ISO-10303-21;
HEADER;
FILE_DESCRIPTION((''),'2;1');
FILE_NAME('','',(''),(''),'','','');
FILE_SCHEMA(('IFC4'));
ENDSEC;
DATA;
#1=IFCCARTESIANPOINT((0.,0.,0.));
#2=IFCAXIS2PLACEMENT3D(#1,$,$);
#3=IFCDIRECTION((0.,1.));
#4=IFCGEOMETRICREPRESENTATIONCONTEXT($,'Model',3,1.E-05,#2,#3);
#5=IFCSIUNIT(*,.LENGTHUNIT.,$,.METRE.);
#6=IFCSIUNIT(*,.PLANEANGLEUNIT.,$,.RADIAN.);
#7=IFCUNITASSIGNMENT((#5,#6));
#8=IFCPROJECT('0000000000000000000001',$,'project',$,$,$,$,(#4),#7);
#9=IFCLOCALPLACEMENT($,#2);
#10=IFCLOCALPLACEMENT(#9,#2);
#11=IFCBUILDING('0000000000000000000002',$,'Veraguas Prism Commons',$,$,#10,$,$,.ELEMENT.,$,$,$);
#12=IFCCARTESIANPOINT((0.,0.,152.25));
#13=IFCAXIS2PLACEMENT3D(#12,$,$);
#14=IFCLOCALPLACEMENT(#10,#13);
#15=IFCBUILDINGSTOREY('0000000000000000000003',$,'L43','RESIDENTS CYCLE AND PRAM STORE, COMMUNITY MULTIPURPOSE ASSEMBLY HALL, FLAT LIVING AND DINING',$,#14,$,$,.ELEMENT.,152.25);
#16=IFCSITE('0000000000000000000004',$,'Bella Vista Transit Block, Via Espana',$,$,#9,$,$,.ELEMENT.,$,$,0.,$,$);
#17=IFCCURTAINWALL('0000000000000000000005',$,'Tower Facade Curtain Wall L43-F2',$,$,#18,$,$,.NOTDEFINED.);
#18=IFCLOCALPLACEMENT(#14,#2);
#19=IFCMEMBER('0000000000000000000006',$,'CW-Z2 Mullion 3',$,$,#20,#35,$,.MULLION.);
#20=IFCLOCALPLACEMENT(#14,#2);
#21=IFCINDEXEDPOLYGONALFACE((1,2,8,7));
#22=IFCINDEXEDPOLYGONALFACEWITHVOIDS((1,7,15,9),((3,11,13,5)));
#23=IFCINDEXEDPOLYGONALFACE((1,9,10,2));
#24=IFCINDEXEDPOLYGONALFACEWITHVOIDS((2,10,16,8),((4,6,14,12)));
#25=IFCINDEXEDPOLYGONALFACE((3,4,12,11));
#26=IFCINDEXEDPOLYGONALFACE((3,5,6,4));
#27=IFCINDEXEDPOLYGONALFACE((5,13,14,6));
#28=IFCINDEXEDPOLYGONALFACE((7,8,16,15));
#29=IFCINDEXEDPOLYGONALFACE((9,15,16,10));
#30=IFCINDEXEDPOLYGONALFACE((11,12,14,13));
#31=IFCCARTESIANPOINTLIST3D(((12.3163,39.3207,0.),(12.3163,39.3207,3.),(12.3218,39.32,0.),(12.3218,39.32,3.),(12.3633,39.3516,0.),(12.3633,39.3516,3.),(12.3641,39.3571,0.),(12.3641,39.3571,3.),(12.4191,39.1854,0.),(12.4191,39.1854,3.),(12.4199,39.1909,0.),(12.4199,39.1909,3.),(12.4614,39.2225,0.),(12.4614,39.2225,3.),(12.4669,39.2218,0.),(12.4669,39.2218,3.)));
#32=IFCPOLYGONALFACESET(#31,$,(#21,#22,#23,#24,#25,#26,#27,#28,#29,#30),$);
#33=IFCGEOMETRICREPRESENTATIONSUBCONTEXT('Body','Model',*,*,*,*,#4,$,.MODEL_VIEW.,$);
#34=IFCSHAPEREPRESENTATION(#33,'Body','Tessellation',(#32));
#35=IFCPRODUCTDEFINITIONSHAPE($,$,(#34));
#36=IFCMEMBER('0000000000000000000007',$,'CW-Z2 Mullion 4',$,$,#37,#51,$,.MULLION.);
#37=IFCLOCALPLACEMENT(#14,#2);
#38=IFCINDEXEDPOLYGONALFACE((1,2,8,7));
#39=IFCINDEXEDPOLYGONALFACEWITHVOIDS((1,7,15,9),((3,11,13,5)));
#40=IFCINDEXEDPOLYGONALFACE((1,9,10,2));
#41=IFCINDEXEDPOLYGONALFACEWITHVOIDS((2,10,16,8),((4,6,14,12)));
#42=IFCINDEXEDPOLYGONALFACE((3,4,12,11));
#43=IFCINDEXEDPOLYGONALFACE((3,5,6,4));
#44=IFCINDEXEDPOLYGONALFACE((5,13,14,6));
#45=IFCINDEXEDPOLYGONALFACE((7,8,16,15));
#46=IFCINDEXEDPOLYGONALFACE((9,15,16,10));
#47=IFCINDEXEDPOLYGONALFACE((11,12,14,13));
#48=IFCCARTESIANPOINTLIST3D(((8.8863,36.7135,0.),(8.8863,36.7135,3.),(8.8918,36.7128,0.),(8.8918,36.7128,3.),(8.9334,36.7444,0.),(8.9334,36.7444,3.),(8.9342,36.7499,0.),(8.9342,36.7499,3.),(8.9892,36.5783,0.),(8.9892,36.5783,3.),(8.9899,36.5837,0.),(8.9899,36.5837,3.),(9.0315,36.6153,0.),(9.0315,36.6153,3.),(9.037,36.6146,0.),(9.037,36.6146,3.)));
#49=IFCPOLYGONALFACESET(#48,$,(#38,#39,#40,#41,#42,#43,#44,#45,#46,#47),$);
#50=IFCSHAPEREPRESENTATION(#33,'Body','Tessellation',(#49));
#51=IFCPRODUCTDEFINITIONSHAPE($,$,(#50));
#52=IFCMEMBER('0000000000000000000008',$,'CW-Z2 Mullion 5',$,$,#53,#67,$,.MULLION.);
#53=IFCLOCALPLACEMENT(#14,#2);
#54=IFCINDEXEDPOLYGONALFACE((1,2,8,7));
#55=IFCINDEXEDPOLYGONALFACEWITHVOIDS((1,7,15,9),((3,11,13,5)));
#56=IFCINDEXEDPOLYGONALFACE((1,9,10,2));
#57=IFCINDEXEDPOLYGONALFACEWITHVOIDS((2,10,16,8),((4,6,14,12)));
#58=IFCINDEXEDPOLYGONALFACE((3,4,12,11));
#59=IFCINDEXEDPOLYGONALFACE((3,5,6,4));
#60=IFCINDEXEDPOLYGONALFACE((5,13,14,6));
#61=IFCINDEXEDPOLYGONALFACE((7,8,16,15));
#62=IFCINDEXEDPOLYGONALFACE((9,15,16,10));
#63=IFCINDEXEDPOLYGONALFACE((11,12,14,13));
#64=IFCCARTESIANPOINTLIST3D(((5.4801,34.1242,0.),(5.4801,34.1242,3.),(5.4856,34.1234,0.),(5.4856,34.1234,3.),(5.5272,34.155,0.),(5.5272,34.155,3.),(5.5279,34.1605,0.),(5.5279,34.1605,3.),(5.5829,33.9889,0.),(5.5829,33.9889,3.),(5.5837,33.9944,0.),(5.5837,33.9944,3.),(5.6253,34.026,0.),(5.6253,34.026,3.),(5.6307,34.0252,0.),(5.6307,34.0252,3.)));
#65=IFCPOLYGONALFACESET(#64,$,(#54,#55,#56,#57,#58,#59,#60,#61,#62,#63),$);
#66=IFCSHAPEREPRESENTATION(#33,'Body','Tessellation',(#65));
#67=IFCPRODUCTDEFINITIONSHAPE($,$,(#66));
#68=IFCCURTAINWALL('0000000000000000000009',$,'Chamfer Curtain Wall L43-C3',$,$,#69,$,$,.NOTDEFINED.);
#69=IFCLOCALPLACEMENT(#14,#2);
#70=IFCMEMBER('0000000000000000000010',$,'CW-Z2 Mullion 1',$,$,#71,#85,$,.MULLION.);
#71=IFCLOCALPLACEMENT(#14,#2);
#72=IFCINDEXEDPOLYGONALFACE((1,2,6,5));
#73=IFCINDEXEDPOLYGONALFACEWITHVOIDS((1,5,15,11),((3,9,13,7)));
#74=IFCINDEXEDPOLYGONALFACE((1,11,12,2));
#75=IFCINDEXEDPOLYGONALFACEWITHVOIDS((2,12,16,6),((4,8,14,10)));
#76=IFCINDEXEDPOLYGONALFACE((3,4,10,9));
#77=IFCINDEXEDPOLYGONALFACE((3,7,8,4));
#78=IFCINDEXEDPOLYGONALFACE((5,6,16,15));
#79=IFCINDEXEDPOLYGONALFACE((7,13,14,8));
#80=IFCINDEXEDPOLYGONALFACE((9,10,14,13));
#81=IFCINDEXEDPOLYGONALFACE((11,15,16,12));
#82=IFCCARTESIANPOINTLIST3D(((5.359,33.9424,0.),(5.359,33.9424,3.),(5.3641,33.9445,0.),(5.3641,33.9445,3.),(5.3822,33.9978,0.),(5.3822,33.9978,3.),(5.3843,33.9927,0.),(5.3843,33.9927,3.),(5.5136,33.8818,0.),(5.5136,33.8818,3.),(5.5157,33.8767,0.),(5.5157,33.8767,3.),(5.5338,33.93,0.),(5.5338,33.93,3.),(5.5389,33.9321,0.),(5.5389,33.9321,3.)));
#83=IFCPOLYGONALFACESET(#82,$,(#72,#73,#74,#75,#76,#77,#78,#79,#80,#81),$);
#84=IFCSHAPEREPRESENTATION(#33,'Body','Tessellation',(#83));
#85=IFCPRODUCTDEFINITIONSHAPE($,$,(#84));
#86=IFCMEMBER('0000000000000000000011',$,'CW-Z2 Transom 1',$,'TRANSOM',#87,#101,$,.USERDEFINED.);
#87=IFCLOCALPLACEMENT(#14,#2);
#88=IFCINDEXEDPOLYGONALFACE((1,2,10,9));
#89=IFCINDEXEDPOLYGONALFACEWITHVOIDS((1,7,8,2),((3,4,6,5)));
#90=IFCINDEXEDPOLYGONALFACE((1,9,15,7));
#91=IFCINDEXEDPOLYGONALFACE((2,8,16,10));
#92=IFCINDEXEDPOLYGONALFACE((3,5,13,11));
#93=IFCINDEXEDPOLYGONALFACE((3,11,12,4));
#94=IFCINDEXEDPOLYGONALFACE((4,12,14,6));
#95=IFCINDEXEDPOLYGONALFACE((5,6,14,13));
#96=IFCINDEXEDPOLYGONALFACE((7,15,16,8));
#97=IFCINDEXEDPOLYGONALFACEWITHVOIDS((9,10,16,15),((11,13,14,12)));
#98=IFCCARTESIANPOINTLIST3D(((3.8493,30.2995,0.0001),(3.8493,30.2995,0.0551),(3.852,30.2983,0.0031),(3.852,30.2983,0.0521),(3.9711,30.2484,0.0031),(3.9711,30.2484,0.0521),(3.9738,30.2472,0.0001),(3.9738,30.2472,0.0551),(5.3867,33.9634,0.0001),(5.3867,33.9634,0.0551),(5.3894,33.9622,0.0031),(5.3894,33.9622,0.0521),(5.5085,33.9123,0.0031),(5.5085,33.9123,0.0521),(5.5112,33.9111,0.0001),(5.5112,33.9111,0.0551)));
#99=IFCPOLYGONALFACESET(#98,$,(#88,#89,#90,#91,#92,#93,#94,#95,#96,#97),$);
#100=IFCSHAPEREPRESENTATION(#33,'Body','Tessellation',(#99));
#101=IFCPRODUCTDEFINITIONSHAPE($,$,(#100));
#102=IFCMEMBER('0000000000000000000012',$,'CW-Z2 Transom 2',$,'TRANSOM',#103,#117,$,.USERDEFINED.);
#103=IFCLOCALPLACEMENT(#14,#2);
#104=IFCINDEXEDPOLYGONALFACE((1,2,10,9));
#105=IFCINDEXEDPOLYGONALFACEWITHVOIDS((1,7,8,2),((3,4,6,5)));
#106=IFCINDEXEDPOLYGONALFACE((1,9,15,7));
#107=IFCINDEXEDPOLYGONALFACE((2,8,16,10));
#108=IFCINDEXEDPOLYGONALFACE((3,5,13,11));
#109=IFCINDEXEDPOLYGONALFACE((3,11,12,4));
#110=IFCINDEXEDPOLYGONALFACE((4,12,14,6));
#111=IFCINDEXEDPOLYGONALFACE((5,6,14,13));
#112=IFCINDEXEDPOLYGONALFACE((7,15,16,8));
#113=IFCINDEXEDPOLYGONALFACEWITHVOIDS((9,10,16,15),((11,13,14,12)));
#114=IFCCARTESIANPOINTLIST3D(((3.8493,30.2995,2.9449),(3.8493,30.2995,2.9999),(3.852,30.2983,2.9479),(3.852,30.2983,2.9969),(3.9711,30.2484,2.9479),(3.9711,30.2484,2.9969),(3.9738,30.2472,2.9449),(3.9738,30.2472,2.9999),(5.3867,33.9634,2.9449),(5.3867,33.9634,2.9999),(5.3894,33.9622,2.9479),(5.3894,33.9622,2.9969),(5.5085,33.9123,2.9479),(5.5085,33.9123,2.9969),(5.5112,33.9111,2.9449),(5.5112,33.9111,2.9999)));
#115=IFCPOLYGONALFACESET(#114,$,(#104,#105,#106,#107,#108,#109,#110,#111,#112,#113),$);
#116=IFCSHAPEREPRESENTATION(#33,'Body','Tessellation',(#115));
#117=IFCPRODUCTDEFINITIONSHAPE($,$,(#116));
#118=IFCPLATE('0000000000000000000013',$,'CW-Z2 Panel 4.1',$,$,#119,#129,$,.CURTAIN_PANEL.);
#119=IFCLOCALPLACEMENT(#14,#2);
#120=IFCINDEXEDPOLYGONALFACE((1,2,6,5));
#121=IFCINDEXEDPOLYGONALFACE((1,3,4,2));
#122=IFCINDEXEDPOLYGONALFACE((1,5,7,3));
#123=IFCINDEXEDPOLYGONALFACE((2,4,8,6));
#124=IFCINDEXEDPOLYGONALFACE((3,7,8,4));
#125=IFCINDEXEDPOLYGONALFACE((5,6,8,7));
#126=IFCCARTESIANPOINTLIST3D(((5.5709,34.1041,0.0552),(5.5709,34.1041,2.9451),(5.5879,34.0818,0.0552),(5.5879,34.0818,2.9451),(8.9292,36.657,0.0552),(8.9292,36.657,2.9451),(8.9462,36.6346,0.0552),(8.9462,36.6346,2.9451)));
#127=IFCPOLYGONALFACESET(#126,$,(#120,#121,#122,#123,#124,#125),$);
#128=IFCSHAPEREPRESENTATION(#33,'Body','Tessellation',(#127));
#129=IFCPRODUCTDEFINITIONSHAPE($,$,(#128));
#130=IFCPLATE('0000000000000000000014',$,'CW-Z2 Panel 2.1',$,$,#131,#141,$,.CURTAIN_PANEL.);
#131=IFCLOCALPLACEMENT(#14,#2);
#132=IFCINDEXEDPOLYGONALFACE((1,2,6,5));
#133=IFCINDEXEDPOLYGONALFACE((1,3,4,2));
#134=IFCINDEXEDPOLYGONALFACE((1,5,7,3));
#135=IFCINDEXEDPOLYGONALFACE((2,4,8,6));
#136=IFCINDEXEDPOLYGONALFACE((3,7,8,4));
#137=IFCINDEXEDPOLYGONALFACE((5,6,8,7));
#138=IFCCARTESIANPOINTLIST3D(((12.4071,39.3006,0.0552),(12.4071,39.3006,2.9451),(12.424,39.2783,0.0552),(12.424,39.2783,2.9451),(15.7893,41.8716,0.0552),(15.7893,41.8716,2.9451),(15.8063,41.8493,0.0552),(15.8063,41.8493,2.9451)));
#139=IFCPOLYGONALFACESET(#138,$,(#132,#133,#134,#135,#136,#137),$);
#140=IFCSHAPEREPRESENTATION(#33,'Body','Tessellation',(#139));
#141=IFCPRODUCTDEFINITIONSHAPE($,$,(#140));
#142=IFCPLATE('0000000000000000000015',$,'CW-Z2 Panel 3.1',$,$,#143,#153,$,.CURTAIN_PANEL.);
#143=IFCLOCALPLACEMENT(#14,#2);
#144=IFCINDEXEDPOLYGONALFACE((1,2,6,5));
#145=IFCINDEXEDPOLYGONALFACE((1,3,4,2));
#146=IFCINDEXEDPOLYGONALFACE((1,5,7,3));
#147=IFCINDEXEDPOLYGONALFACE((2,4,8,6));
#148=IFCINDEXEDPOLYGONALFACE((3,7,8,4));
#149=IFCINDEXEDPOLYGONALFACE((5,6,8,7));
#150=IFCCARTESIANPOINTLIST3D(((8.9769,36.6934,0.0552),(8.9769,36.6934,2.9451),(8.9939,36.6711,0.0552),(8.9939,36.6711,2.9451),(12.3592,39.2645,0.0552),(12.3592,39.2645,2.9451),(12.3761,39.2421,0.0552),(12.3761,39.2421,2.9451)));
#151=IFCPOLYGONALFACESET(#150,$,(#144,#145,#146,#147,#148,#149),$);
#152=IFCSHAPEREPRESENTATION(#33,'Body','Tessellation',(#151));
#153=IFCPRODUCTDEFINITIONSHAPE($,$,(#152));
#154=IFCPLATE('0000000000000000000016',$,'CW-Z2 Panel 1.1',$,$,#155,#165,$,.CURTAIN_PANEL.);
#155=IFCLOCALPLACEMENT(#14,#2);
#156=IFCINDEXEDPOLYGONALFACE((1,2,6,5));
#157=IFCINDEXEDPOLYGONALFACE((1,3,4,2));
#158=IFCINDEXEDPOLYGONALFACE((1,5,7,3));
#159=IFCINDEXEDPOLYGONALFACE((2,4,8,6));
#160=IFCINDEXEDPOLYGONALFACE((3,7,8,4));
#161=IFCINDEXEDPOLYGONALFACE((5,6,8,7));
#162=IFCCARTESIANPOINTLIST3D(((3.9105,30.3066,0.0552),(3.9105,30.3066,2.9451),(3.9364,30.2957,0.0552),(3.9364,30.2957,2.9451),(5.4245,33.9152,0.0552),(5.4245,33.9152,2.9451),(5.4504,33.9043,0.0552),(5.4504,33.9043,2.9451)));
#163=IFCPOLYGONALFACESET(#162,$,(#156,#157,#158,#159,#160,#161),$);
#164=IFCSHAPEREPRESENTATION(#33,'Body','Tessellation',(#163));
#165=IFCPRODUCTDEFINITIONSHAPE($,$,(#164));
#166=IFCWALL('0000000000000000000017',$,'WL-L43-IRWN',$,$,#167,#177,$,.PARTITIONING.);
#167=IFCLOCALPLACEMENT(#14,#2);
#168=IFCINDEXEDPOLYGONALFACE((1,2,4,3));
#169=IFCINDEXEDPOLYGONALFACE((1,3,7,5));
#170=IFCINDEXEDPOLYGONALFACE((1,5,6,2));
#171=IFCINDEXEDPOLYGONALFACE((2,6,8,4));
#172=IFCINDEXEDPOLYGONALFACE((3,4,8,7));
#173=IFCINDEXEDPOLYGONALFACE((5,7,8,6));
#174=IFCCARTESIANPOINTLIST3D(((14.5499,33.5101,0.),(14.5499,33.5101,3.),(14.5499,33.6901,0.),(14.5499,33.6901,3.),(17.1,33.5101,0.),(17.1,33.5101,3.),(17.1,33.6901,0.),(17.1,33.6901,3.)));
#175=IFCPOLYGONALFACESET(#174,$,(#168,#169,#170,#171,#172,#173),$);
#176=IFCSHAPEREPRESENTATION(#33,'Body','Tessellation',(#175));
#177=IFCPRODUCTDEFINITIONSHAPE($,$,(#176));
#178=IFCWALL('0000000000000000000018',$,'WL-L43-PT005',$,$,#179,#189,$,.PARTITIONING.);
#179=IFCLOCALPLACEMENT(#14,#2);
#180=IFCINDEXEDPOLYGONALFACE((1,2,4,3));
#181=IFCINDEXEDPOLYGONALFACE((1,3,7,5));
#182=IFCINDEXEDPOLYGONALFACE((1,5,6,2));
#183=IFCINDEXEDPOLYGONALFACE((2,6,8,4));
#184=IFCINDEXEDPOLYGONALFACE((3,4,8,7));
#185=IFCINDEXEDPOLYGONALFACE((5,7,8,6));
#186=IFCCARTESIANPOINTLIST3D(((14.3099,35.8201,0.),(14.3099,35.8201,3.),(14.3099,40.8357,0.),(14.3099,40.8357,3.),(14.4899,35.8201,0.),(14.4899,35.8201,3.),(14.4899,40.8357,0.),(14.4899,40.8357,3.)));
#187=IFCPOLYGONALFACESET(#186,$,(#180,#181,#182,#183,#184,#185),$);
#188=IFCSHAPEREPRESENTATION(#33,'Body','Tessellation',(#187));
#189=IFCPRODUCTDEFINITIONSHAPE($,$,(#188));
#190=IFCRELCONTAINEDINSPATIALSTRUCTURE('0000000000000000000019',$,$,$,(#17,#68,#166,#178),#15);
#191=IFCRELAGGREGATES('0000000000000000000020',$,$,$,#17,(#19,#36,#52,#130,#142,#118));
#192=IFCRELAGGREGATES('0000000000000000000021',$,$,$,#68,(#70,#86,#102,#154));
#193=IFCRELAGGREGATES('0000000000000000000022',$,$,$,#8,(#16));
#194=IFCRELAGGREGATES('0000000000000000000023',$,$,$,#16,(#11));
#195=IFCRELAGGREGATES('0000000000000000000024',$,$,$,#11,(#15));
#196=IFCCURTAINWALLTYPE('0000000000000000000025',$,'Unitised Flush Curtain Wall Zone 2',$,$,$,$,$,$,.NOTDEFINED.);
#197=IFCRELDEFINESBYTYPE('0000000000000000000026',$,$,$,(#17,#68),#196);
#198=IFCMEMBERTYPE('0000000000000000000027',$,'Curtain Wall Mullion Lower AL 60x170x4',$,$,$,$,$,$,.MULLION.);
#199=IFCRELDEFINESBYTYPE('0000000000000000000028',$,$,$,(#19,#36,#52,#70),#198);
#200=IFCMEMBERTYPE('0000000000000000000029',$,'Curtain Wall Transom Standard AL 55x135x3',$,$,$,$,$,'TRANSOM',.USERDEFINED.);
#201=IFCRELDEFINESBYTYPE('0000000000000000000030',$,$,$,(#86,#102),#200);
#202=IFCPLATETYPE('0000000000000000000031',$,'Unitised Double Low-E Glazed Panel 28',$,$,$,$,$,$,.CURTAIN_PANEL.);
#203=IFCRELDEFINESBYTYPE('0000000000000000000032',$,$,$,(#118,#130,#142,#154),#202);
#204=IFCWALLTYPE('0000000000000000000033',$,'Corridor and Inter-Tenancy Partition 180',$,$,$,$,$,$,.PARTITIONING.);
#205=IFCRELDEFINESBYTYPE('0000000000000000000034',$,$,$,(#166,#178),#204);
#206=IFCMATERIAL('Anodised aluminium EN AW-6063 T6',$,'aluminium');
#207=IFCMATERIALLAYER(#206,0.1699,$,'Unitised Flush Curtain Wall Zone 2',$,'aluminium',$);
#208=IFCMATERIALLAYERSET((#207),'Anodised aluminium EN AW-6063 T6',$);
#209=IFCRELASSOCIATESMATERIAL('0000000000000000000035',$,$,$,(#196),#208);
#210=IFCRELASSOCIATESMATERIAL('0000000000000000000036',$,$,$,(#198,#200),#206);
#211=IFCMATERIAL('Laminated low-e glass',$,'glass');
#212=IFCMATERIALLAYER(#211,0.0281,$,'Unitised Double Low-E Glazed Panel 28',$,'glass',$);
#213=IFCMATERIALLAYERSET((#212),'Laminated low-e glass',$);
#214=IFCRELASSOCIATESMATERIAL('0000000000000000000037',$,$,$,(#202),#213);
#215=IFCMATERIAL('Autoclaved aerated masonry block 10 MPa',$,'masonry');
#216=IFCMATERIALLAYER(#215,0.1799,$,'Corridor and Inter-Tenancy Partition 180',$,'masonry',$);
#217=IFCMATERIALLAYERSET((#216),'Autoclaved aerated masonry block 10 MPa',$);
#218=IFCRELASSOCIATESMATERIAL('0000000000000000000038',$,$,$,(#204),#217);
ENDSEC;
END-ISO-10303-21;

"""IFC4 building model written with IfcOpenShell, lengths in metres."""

from ifc_helpers import new_model, si_unit, direction, frame, frame_2d, origin, origin_2d, place, context, subcontext, project, spatial, rectangle, hollow_rectangle, extrude, source, transform, mapped, material, layer, layer_set, material_profile, profile_set, type_object, element, aggregate, save


model = new_model("IFC4")

# Units and contexts
model_context = context("Model", 3, precision=1e-05, world=origin(), true_north=direction((0.0, 1.0)))
body_context = subcontext(model_context, "Body", "Model", "MODEL_VIEW")
ifc_project = project(units=[si_unit("LENGTHUNIT", "METRE"), si_unit("PLANEANGLEUNIT", "RADIAN")], contexts=[model_context])

# Site, building, storey
site_placement = place(None, origin())
site = spatial("IfcSite", under=ifc_project, at=site_placement, Name="Bella Vista Transit Block, Via Espana", CompositionType="ELEMENT", RefElevation=0.0)
building_placement = place(site_placement, origin())
building = spatial("IfcBuilding", under=site, at=building_placement, Name="Veraguas Prism Commons", CompositionType="ELEMENT")
storey_placement = place(building_placement, frame((0.0, 0.0, 152.25)))
storey = spatial("IfcBuildingStorey", under=building, at=storey_placement, Name="L43", Description="RESIDENTS CYCLE AND PRAM STORE, COMMUNITY MULTIPURPOSE ASSEMBLY HALL, FLAT LIVING AND DINING", CompositionType="ELEMENT", Elevation=152.25)

# Curtain walls, members
ifc_material_1 = material(Name="Anodised aluminium EN AW-6063 T6", Category="aluminium")
ifc_layer_1 = layer(ifc_material_1, 0.1699, Name="Unitised Flush Curtain Wall Zone 2", Category="aluminium")
ifc_layer_set_1 = layer_set([ifc_layer_1], Name="Anodised aluminium EN AW-6063 T6")
curtain_wall_type = type_object("IfcCurtainWallType", Name="Unitised Flush Curtain Wall Zone 2", PredefinedType="NOTDEFINED", material=ifc_layer_set_1)
curtain_wall_1_placement = place(storey_placement, origin())
curtain_wall_1 = element("IfcCurtainWall", 1, at=curtain_wall_1_placement, inside=storey, type_object=curtain_wall_type, Name="Tower Facade Curtain Wall L43-F2", PredefinedType="NOTDEFINED")
ifc_material_profile_1 = material_profile(ifc_material_1, hollow_rectangle(XDim=0.0601, YDim=0.1699, WallThickness=0.0039, at=origin_2d()), Name="AL60X170X4")
ifc_profile_set_1 = profile_set([ifc_material_profile_1], Name="Anodised aluminium EN AW-6063 T6")
member_type_1 = type_object("IfcMemberType", Name="Curtain Wall Mullion Lower AL 60x170x4", PredefinedType="MULLION", material=ifc_profile_set_1)
shared_shape_1 = source(origin(), body_context, "Body", "SweptSolid", [
    extrude(hollow_rectangle(XDim=0.0601, YDim=0.1699, WallThickness=0.0039, at=origin_2d()), origin(), (0.0, 0.0, 1.0), 3.0),
])
member_1_placement = place(storey_placement, frame((12.3916, 39.2712, 0.0), z_axis=(0.0, 0.0, 1.0), x_axis=(-0.796104, -0.605159, 0.0)))
member_1 = element("IfcMember", 2, at=member_1_placement, type_object=member_type_1, Name="CW-Z2 Mullion 3", PredefinedType="MULLION", context=body_context, shape_type="MappedRepresentation", body=[
    mapped(shared_shape_1, transform((0.0, 0.0, 0.0), scale=1.0)),
])
member_2_placement = place(storey_placement, frame((8.9617, 36.6641, 0.0), z_axis=(0.0, 0.0, 1.0), x_axis=(-0.796104, -0.605159, 0.0)))
member_2 = element("IfcMember", 3, at=member_2_placement, type_object=member_type_1, Name="CW-Z2 Mullion 4", PredefinedType="MULLION", context=body_context, shape_type="MappedRepresentation", body=[
    mapped(shared_shape_1, transform((0.0, 0.0, 0.0), scale=1.0)),
])
member_3_placement = place(storey_placement, frame((5.5554, 34.0747, 0.0), z_axis=(0.0, 0.0, 1.0), x_axis=(-0.796104, -0.605159, 0.0)))
member_3 = element("IfcMember", 4, at=member_3_placement, type_object=member_type_1, Name="CW-Z2 Mullion 5", PredefinedType="MULLION", context=body_context, shape_type="MappedRepresentation", body=[
    mapped(shared_shape_1, transform((0.0, 0.0, 0.0), scale=1.0)),
])
curtain_wall_2_placement = place(storey_placement, origin())
curtain_wall_2 = element("IfcCurtainWall", 5, at=curtain_wall_2_placement, inside=storey, type_object=curtain_wall_type, Name="Chamfer Curtain Wall L43-C3", PredefinedType="NOTDEFINED")
member_4_placement = place(storey_placement, frame((5.449, 33.9373, 0.0), z_axis=(0.0, 0.0, 1.0), x_axis=(-0.386882, -0.922129, 0.0)))
member_4 = element("IfcMember", 6, at=member_4_placement, type_object=member_type_1, Name="CW-Z2 Mullion 1", PredefinedType="MULLION", context=body_context, shape_type="MappedRepresentation", body=[
    mapped(shared_shape_1, transform((0.0, 0.0, 0.0), scale=1.0)),
])
ifc_material_profile_2 = material_profile(ifc_material_1, hollow_rectangle(XDim=0.0549, YDim=0.135, WallThickness=0.0029, at=origin_2d()), Name="AL55X135X3")
ifc_profile_set_2 = profile_set([ifc_material_profile_2], Name="Anodised aluminium EN AW-6063 T6")
member_type_2 = type_object("IfcMemberType", Name="Curtain Wall Transom Standard AL 55x135x3", ElementType="TRANSOM", PredefinedType="USERDEFINED", material=ifc_profile_set_2)
shared_shape_2 = source(origin(), body_context, "Body", "SweptSolid", [
    extrude(hollow_rectangle(XDim=0.0549, YDim=0.135, WallThickness=0.0029, at=origin_2d()), origin(), (0.0, 0.0, 1.0), 3.9734),
])
member_5_placement = place(storey_placement, frame((5.449, 33.9373, 0.0276), z_axis=(-0.386922, -0.922112, 0.0), x_axis=(0.0, 0.0, 1.0)))
member_5 = element("IfcMember", 7, at=member_5_placement, type_object=member_type_2, Name="CW-Z2 Transom 1", ObjectType="TRANSOM", PredefinedType="USERDEFINED", context=body_context, shape_type="MappedRepresentation", body=[
    mapped(shared_shape_2, transform((0.0, 0.0, 0.0), scale=1.0)),
])
member_6_placement = place(storey_placement, frame((5.449, 33.9373, 2.9724), z_axis=(-0.386922, -0.922112, 0.0), x_axis=(0.0, 0.0, 1.0)))
member_6 = element("IfcMember", 8, at=member_6_placement, type_object=member_type_2, Name="CW-Z2 Transom 2", ObjectType="TRANSOM", PredefinedType="USERDEFINED", context=body_context, shape_type="MappedRepresentation", body=[
    mapped(shared_shape_2, transform((0.0, 0.0, 0.0), scale=1.0)),
])

# Plates
ifc_material_2 = material(Name="Laminated low-e glass", Category="glass")
ifc_layer_2 = layer(ifc_material_2, 0.0281, Name="Unitised Double Low-E Glazed Panel 28", Category="glass")
ifc_layer_set_2 = layer_set([ifc_layer_2], Name="Laminated low-e glass")
plate_type = type_object("IfcPlateType", Name="Unitised Double Low-E Glazed Panel 28", PredefinedType="CURTAIN_PANEL", material=ifc_layer_set_2)
shared_shape_3 = source(origin(), body_context, "Body", "SweptSolid", [
    extrude(rectangle(XDim=4.2185, YDim=0.0281, at=origin_2d()), origin(), (0.0, 0.0, 1.0), 2.8899),
])
plate_1_placement = place(storey_placement, frame((7.2585, 35.3694, 0.0552), z_axis=(0.0, 0.0, 1.0), x_axis=(-0.796104, -0.605159, 0.0)))
plate_1 = element("IfcPlate", 9, at=plate_1_placement, type_object=plate_type, Name="CW-Z2 Panel 4.1", PredefinedType="CURTAIN_PANEL", context=body_context, shape_type="MappedRepresentation", body=[
    mapped(shared_shape_3, transform((0.0, 0.0, 0.0), scale=1.0)),
])
shared_shape_4 = source(origin(), body_context, "Body", "SweptSolid", [
    extrude(rectangle(XDim=4.2485, YDim=0.0281, at=origin_2d()), origin(), (0.0, 0.0, 1.0), 2.8899),
])
plate_2_placement = place(storey_placement, frame((14.1067, 40.575, 0.0552), z_axis=(0.0, 0.0, 1.0), x_axis=(-0.796104, -0.605159, 0.0)))
plate_2 = element("IfcPlate", 10, at=plate_2_placement, type_object=plate_type, Name="CW-Z2 Panel 2.1", PredefinedType="CURTAIN_PANEL", context=body_context, shape_type="MappedRepresentation", body=[
    mapped(shared_shape_4, transform((0.0, 0.0, 0.0), scale=1.0)),
])
plate_3_placement = place(storey_placement, frame((10.6765, 37.9678, 0.0552), z_axis=(0.0, 0.0, 1.0), x_axis=(-0.796104, -0.605159, 0.0)))
plate_3 = element("IfcPlate", 11, at=plate_3_placement, type_object=plate_type, Name="CW-Z2 Panel 3.1", PredefinedType="CURTAIN_PANEL", context=body_context, shape_type="MappedRepresentation", body=[
    mapped(shared_shape_4, transform((0.0, 0.0, 0.0), scale=1.0)),
])
aggregate(curtain_wall_1, [member_1, member_2, member_3, plate_2, plate_3, plate_1])
shared_shape_5 = source(origin(), body_context, "Body", "SweptSolid", [
    extrude(rectangle(XDim=3.9133, YDim=0.0281, at=origin_2d()), origin(), (0.0, 0.0, 1.0), 2.8899),
])
plate_4_placement = place(storey_placement, frame((4.6804, 32.1055, 0.0552), z_axis=(0.0, 0.0, 1.0), x_axis=(-0.386882, -0.922129, 0.0)))
plate_4 = element("IfcPlate", 12, at=plate_4_placement, type_object=plate_type, Name="CW-Z2 Panel 1.1", PredefinedType="CURTAIN_PANEL", context=body_context, shape_type="MappedRepresentation", body=[
    mapped(shared_shape_5, transform((0.0, 0.0, 0.0), scale=1.0)),
])
aggregate(curtain_wall_2, [member_4, member_5, member_6, plate_4])

# Walls
ifc_material_3 = material(Name="Autoclaved aerated masonry block 10 MPa", Category="masonry")
ifc_layer_3 = layer(ifc_material_3, 0.1799, Name="Corridor and Inter-Tenancy Partition 180", Category="masonry")
ifc_layer_set_3 = layer_set([ifc_layer_3], Name="Autoclaved aerated masonry block 10 MPa")
wall_type = type_object("IfcWallType", Name="Corridor and Inter-Tenancy Partition 180", PredefinedType="PARTITIONING", material=ifc_layer_set_3)
wall_1_placement = place(storey_placement, frame((14.55, 33.6001, 0.0), z_axis=(0.0, 0.0, 1.0), x_axis=(1.0, 0.0, 0.0)))
element("IfcWall", 13, at=wall_1_placement, inside=storey, type_object=wall_type, Name="WL-L43-IRWN", PredefinedType="PARTITIONING", context=body_context, shape_type="SweptSolid", body=[
    extrude(rectangle(XDim=2.55, YDim=0.1799, at=frame_2d((1.2749, 0.0))), origin(), (0.0, 0.0, 1.0), 3.0),
])
wall_2_placement = place(storey_placement, frame((14.3999, 35.8201, 0.0), z_axis=(0.0, 0.0, 1.0), x_axis=(0.0, 1.0, 0.0)))
element("IfcWall", 14, at=wall_2_placement, inside=storey, type_object=wall_type, Name="WL-L43-PT005", PredefinedType="PARTITIONING", context=body_context, shape_type="SweptSolid", body=[
    extrude(rectangle(XDim=5.0156, YDim=0.1799, at=frame_2d((2.5078, 0.0))), origin(), (0.0, 0.0, 1.0), 3.0),
])

save(model, "model.ifc")
